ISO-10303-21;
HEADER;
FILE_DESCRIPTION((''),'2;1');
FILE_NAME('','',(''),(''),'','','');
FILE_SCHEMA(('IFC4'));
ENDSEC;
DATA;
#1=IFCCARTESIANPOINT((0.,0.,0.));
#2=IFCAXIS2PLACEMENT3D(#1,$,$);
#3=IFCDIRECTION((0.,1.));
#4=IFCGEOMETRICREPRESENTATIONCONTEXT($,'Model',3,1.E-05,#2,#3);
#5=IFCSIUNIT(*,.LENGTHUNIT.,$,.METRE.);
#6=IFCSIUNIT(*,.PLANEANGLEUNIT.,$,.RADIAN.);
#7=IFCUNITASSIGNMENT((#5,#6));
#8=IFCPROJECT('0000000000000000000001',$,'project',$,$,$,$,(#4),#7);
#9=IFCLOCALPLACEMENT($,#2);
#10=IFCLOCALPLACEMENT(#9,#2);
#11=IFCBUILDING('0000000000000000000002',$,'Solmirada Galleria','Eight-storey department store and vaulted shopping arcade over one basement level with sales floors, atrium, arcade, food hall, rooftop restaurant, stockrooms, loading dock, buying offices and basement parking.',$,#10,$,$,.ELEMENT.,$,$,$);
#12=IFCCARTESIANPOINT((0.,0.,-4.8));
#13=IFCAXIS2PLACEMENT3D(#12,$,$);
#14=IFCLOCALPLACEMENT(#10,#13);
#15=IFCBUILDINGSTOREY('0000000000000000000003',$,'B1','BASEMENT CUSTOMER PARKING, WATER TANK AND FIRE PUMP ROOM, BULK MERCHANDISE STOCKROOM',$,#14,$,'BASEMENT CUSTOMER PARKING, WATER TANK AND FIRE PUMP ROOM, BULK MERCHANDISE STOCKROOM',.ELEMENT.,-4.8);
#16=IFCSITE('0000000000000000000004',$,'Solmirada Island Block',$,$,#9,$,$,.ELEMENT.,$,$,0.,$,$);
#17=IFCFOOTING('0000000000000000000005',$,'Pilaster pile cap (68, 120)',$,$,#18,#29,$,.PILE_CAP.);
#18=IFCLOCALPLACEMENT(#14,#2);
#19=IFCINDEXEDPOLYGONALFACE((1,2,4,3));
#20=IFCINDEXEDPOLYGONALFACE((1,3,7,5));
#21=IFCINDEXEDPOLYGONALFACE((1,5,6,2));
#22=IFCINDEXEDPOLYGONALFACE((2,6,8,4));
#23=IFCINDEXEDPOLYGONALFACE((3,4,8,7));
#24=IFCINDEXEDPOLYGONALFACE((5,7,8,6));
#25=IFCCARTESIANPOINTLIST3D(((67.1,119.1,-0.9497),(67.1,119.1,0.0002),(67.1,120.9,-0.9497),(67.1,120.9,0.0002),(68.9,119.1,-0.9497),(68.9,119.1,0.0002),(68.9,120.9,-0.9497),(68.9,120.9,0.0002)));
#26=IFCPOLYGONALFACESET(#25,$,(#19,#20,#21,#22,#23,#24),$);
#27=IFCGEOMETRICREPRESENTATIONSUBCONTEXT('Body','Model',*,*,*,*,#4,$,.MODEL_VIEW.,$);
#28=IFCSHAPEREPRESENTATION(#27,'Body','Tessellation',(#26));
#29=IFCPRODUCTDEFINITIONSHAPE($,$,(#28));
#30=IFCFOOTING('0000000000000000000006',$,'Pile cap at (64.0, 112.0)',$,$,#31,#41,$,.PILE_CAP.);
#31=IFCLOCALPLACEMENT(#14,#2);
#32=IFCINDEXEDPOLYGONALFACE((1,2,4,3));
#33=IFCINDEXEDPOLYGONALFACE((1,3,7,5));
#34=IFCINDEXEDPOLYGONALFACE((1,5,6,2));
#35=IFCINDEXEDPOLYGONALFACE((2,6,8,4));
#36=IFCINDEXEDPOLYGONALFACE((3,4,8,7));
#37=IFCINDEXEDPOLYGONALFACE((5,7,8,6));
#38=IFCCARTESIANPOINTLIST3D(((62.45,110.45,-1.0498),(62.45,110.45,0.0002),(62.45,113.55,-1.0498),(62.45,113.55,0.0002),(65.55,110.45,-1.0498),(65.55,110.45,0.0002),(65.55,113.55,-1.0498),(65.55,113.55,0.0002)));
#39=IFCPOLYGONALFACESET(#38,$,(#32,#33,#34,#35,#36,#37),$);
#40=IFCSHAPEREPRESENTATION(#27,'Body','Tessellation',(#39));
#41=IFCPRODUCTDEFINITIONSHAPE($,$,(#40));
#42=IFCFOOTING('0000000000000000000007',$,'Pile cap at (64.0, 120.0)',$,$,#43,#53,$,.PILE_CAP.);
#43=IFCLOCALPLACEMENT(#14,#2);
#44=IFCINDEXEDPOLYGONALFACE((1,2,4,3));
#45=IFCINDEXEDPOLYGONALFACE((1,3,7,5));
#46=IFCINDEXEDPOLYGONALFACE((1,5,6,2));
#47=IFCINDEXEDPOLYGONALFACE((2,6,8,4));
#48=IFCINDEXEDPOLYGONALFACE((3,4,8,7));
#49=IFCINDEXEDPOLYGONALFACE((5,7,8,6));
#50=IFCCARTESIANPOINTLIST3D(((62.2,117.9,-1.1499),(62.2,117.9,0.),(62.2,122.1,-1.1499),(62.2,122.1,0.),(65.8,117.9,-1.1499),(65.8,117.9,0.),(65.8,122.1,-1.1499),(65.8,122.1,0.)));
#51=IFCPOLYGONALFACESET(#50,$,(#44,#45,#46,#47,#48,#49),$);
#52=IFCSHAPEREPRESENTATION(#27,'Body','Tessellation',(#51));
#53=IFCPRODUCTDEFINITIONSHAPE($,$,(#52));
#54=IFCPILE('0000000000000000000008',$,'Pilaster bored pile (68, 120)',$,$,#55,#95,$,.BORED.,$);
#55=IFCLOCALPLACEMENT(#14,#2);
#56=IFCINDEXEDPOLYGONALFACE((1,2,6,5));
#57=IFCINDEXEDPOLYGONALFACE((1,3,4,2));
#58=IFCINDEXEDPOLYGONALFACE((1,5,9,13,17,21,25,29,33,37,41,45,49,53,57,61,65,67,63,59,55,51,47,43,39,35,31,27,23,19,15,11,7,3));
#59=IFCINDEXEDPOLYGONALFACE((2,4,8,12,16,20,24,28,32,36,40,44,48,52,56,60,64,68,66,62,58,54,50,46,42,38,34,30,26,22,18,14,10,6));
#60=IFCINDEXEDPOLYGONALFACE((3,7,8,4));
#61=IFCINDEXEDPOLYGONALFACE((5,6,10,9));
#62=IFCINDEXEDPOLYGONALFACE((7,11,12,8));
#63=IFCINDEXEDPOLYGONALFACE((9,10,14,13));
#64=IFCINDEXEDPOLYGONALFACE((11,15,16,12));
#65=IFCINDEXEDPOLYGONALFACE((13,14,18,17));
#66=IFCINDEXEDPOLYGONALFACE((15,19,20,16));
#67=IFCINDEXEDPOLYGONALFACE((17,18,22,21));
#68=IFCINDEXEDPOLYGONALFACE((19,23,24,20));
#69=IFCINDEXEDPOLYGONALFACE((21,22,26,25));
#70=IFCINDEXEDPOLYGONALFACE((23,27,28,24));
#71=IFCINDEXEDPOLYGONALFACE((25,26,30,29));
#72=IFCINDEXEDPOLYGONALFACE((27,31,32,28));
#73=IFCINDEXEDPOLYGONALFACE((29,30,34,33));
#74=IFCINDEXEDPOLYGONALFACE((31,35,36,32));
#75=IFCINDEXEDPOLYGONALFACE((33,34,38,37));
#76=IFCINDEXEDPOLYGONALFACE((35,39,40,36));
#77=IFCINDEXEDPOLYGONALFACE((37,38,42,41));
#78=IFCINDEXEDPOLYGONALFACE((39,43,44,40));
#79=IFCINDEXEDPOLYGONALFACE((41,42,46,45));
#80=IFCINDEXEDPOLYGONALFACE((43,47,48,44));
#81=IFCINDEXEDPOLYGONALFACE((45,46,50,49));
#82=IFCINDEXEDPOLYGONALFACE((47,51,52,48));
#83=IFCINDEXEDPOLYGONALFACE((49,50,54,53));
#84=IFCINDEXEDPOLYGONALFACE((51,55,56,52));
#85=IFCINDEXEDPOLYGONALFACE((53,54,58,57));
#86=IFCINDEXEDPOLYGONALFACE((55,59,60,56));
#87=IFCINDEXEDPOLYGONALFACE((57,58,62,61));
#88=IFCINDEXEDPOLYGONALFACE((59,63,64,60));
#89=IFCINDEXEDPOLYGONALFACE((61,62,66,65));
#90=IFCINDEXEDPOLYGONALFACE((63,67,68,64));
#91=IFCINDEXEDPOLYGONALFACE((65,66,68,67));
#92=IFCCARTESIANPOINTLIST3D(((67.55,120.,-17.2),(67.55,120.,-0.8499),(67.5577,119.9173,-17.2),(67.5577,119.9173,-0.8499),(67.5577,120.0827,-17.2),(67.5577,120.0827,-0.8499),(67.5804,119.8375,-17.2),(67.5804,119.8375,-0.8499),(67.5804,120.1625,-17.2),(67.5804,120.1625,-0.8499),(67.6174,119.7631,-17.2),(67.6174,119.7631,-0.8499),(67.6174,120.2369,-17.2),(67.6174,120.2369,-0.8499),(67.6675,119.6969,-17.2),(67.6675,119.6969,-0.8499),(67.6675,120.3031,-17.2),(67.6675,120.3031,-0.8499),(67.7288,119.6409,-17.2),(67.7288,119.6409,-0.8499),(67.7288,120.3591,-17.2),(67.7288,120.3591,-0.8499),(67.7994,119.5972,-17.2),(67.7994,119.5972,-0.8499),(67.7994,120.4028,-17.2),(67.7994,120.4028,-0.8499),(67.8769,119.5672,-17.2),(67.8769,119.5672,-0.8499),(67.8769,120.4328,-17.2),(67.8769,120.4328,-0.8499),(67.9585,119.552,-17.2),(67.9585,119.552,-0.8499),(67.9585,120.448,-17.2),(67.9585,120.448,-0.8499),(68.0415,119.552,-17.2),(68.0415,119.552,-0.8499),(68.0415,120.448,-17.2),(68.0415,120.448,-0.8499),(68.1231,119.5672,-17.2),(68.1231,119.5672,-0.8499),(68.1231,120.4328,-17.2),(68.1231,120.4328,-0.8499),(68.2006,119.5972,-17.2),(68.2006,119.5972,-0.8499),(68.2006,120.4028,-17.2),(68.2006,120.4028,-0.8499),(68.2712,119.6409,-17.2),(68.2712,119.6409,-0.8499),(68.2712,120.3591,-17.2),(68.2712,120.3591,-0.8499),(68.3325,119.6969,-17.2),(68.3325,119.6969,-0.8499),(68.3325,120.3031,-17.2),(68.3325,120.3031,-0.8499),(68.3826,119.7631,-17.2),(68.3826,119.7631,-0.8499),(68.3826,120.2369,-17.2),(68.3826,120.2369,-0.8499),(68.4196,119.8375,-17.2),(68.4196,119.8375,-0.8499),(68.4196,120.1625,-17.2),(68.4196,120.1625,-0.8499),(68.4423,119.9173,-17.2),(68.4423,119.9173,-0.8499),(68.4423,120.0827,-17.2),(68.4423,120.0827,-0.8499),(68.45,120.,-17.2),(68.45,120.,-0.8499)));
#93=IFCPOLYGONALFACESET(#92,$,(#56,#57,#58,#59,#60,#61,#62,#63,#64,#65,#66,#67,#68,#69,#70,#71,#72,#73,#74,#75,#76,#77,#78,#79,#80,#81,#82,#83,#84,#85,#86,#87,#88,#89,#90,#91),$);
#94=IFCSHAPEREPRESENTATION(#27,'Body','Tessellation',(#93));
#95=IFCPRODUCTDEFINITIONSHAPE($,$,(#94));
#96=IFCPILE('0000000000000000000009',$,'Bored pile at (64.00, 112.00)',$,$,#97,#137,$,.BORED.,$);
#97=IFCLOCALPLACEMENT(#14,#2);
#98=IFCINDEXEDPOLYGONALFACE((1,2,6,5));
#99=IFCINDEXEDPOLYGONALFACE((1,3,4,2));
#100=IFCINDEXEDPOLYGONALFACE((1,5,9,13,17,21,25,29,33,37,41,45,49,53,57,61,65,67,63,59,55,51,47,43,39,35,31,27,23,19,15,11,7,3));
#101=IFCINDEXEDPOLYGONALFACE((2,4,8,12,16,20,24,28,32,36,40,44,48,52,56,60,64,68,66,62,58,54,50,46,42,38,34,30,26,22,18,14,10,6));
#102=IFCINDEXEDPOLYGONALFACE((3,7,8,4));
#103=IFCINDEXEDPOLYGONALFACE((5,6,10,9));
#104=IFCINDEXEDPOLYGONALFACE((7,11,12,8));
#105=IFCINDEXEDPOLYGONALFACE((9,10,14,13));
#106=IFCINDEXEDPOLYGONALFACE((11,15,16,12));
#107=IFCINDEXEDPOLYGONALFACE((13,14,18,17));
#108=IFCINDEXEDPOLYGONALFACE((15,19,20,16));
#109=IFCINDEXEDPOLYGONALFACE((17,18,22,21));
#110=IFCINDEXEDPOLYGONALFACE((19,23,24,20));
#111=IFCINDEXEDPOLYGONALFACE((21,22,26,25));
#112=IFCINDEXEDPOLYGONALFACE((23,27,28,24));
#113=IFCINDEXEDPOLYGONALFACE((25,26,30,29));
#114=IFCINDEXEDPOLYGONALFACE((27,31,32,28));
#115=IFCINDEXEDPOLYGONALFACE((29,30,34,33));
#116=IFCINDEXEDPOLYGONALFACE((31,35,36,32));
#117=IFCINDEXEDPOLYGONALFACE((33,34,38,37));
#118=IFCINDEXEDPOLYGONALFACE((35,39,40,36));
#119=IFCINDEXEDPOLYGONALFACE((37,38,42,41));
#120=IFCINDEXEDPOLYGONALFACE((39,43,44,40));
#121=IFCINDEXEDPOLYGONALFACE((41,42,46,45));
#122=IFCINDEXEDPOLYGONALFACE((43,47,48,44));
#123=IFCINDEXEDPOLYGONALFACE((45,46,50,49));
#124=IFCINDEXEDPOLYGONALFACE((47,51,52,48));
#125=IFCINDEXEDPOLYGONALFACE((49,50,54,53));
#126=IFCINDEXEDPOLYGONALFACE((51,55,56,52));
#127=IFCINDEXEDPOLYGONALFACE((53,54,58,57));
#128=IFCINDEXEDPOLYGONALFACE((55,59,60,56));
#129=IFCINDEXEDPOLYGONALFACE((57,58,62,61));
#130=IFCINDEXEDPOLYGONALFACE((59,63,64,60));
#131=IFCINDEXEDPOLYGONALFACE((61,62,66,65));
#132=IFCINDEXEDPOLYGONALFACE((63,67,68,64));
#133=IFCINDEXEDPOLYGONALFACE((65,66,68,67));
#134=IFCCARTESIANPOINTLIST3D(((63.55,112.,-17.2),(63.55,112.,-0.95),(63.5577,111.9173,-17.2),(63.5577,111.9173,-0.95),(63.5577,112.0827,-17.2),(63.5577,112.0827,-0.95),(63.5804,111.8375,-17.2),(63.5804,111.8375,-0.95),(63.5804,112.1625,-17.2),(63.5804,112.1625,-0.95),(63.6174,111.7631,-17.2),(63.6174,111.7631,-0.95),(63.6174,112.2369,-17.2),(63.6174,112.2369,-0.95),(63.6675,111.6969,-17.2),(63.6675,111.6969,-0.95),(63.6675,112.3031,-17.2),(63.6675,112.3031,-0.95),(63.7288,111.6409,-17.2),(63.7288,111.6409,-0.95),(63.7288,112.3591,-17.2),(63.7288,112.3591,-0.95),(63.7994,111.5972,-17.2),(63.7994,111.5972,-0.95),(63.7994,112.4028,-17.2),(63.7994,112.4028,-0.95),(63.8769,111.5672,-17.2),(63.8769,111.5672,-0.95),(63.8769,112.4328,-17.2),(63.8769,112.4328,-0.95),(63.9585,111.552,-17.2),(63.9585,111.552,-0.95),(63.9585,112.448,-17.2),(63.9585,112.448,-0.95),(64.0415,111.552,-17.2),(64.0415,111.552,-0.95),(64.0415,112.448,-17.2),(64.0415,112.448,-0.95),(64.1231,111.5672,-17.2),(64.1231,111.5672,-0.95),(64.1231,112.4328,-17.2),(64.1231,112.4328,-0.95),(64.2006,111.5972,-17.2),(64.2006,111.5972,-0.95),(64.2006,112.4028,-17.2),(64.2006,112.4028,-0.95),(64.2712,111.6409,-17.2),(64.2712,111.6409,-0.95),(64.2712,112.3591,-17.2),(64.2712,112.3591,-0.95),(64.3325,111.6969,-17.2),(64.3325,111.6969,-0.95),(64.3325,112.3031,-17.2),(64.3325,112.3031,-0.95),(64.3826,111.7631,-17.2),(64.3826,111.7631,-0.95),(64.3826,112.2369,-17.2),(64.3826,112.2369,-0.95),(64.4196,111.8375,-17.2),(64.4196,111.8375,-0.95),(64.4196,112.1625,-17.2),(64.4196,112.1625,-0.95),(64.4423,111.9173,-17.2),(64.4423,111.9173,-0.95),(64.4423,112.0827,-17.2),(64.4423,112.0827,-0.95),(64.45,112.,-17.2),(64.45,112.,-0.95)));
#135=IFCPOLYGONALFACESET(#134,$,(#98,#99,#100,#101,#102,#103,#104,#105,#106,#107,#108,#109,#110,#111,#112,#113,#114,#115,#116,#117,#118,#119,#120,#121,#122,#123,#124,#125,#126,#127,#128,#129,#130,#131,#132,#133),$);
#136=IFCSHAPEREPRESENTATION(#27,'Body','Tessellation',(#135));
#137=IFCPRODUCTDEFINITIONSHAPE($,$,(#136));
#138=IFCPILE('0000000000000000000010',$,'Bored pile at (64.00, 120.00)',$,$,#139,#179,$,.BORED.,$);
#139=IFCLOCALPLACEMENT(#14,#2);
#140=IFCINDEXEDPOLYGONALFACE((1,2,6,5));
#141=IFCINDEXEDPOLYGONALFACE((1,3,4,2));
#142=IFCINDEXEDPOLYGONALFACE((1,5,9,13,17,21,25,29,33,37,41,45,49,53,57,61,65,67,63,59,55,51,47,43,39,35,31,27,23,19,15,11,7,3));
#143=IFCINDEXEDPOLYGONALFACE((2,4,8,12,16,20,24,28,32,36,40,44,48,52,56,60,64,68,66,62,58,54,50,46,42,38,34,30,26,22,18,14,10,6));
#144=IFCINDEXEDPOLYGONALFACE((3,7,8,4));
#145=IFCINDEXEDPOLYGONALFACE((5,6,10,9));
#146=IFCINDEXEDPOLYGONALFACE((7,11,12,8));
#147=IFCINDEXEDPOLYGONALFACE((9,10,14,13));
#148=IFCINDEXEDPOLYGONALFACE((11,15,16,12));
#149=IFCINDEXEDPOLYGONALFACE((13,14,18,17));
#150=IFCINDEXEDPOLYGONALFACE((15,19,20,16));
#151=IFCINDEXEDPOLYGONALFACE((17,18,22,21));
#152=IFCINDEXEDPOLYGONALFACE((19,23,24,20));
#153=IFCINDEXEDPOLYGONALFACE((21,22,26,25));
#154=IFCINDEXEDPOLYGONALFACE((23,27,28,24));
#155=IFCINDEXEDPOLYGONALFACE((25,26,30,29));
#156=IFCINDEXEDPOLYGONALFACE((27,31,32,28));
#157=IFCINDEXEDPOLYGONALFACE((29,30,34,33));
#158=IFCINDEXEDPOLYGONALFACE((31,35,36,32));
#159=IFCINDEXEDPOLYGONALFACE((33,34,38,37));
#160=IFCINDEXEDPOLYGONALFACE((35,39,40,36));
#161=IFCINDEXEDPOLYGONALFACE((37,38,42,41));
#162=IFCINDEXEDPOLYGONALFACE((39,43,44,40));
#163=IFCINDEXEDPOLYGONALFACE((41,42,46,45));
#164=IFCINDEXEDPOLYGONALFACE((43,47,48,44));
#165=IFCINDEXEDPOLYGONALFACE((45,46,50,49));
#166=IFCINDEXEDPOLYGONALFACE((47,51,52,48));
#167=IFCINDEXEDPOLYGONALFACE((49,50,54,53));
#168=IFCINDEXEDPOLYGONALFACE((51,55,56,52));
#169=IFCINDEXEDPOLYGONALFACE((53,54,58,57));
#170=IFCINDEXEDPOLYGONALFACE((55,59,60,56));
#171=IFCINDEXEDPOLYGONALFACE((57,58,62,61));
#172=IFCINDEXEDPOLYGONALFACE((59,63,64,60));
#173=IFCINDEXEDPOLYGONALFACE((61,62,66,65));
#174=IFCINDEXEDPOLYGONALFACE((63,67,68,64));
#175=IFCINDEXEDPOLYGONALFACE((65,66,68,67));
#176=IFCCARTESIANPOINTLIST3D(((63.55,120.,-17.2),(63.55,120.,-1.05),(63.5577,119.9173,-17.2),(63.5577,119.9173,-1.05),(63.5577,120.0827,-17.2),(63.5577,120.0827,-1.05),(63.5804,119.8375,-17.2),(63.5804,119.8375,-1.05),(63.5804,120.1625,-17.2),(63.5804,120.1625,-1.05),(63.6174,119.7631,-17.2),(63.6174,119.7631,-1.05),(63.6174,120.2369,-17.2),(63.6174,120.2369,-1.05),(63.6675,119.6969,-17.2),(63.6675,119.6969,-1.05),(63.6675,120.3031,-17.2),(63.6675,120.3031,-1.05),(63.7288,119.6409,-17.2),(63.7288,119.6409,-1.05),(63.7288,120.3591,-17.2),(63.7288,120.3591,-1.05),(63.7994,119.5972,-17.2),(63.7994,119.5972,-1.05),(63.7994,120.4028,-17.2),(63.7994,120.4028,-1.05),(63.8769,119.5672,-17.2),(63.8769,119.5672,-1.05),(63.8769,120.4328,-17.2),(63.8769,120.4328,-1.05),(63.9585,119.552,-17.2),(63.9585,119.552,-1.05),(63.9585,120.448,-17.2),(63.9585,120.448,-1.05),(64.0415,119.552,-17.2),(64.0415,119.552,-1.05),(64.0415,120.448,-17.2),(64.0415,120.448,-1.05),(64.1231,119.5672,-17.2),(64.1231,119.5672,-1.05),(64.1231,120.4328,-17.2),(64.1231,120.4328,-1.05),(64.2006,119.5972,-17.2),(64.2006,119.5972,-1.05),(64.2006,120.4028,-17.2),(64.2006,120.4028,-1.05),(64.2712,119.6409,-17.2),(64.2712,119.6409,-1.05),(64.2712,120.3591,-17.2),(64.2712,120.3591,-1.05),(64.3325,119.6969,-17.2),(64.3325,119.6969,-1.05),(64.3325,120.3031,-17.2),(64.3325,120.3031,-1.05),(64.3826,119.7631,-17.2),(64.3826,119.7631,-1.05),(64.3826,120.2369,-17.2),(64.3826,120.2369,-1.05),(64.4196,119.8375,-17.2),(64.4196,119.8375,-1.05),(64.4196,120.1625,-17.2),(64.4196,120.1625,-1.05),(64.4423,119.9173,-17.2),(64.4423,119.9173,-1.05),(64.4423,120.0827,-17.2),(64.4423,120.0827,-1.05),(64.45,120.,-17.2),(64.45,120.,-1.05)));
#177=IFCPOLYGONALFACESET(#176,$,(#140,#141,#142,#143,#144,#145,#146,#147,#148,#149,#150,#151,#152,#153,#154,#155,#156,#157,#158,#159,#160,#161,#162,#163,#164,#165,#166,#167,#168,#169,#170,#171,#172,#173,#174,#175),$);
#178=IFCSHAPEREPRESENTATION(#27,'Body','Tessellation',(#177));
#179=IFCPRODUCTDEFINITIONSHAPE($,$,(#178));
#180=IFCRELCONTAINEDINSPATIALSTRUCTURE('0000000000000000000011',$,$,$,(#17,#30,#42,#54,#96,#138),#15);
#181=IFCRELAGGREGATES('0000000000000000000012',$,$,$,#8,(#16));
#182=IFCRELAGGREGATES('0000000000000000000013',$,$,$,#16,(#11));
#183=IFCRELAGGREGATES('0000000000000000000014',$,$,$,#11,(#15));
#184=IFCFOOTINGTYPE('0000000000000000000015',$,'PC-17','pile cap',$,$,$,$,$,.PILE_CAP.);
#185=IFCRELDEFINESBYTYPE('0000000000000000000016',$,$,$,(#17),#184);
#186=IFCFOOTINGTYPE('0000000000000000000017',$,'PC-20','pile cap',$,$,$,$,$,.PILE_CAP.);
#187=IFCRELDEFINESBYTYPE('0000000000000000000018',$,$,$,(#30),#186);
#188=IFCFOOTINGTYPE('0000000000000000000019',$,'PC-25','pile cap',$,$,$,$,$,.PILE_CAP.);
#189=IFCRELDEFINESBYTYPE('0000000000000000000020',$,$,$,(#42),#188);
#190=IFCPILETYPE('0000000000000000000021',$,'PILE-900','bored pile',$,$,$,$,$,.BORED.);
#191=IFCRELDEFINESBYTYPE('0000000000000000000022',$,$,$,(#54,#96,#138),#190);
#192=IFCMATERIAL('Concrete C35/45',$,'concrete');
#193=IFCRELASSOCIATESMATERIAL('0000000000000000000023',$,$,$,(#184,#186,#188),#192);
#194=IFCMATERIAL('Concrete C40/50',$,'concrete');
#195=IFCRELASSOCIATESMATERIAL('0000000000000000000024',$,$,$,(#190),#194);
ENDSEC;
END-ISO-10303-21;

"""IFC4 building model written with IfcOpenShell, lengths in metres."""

from ifc_helpers import new_model, si_unit, direction, frame, origin, origin_2d, place, context, subcontext, project, spatial, rectangle, circle, extrude, material, material_profile, profile_set, type_object, element, save


model = new_model("IFC4")

# Units and contexts
model_context = context("Model", 3, precision=1e-05, world=origin(), true_north=direction((0.0, 1.0)))
body_context = subcontext(model_context, "Body", "Model", "MODEL_VIEW")
ifc_project = project(units=[si_unit("LENGTHUNIT", "METRE"), si_unit("PLANEANGLEUNIT", "RADIAN")], contexts=[model_context])

# Site, building, storey
site_placement = place(None, origin())
site = spatial("IfcSite", under=ifc_project, at=site_placement, Name="Solmirada Island Block", CompositionType="ELEMENT", RefElevation=0.0)
building_placement = place(site_placement, origin())
building = spatial("IfcBuilding", under=site, at=building_placement, Name="Solmirada Galleria", Description="Eight-storey department store and vaulted shopping arcade over one basement level with sales floors, atrium, arcade, food hall, rooftop restaurant, stockrooms, loading dock, buying offices and basement parking.", CompositionType="ELEMENT")
storey_placement = place(building_placement, frame((0.0, 0.0, -4.8)))
storey = spatial("IfcBuildingStorey", under=building, at=storey_placement, Name="B1", Description="BASEMENT CUSTOMER PARKING, WATER TANK AND FIRE PUMP ROOM, BULK MERCHANDISE STOCKROOM", LongName="BASEMENT CUSTOMER PARKING, WATER TANK AND FIRE PUMP ROOM, BULK MERCHANDISE STOCKROOM", CompositionType="ELEMENT", Elevation=-4.8)

# Footings
ifc_material_1 = material(Name="Concrete C35/45", Category="concrete")
footing_type_1 = type_object("IfcFootingType", Name="PC-17", Description="pile cap", PredefinedType="PILE_CAP", material=ifc_material_1)
footing_1_placement = place(storey_placement, frame((68.0, 120.0, -0.9497), z_axis=(0.0, 0.0, 1.0), x_axis=(1.0, 0.0, 0.0)))
element("IfcFooting", 1, at=footing_1_placement, inside=storey, type_object=footing_type_1, Name="Pilaster pile cap (68, 120)", PredefinedType="PILE_CAP", context=body_context, shape_type="SweptSolid", body=[
    extrude(rectangle(XDim=1.8, YDim=1.8, at=origin_2d()), origin(), (0.0, 0.0, 1.0), 0.95),
])
footing_type_2 = type_object("IfcFootingType", Name="PC-20", Description="pile cap", PredefinedType="PILE_CAP", material=ifc_material_1)
footing_2_placement = place(storey_placement, frame((64.0, 112.0, -1.0498), z_axis=(0.0, 0.0, 1.0), x_axis=(1.0, 0.0, 0.0)))
element("IfcFooting", 2, at=footing_2_placement, inside=storey, type_object=footing_type_2, Name="Pile cap at (64.0, 112.0)", PredefinedType="PILE_CAP", context=body_context, shape_type="SweptSolid", body=[
    extrude(rectangle(XDim=3.1001, YDim=3.1001, at=origin_2d()), origin(), (0.0, 0.0, 1.0), 1.05),
])
footing_type_3 = type_object("IfcFootingType", Name="PC-25", Description="pile cap", PredefinedType="PILE_CAP", material=ifc_material_1)
footing_3_placement = place(storey_placement, frame((64.0, 120.0, -1.1499), z_axis=(0.0, 0.0, 1.0), x_axis=(1.0, 0.0, 0.0)))
element("IfcFooting", 3, at=footing_3_placement, inside=storey, type_object=footing_type_3, Name="Pile cap at (64.0, 120.0)", PredefinedType="PILE_CAP", context=body_context, shape_type="SweptSolid", body=[
    extrude(rectangle(XDim=3.6001, YDim=4.2, at=origin_2d()), origin(), (0.0, 0.0, 1.0), 1.1499),
])

# Piles
ifc_material_2 = material(Name="Concrete C40/50", Category="concrete")
ifc_material_profile_1 = material_profile(ifc_material_2, circle(Radius=0.45, at=origin_2d()), Name="PILE900")
ifc_profile_set_1 = profile_set([ifc_material_profile_1], Name="Concrete C40/50")
pile_type = type_object("IfcPileType", Name="PILE-900", Description="bored pile", PredefinedType="BORED", material=ifc_profile_set_1)
pile_1_placement = place(storey_placement, frame((68.0, 120.0, -0.8499), z_axis=(0.0, 0.0, -1.0), x_axis=(1.0, 0.0, 0.0)))
element("IfcPile", 4, at=pile_1_placement, inside=storey, type_object=pile_type, Name="Pilaster bored pile (68, 120)", PredefinedType="BORED", context=body_context, shape_type="SweptSolid", body=[
    extrude(circle(Radius=0.45, at=origin_2d()), origin(), (0.0, 0.0, 1.0), 16.3501),
])
pile_2_placement = place(storey_placement, frame((64.0, 112.0, -0.95), z_axis=(0.0, 0.0, -1.0), x_axis=(1.0, 0.0, 0.0)))
element("IfcPile", 5, at=pile_2_placement, inside=storey, type_object=pile_type, Name="Bored pile at (64.00, 112.00)", PredefinedType="BORED", context=body_context, shape_type="SweptSolid", body=[
    extrude(circle(Radius=0.45, at=origin_2d()), origin(), (0.0, 0.0, 1.0), 16.25),
])
pile_3_placement = place(storey_placement, frame((64.0, 120.0, -1.05), z_axis=(0.0, 0.0, -1.0), x_axis=(1.0, 0.0, 0.0)))
element("IfcPile", 6, at=pile_3_placement, inside=storey, type_object=pile_type, Name="Bored pile at (64.00, 120.00)", PredefinedType="BORED", context=body_context, shape_type="SweptSolid", body=[
    extrude(circle(Radius=0.45, at=origin_2d()), origin(), (0.0, 0.0, 1.0), 16.1499),
])

save(model, "model.ifc")
